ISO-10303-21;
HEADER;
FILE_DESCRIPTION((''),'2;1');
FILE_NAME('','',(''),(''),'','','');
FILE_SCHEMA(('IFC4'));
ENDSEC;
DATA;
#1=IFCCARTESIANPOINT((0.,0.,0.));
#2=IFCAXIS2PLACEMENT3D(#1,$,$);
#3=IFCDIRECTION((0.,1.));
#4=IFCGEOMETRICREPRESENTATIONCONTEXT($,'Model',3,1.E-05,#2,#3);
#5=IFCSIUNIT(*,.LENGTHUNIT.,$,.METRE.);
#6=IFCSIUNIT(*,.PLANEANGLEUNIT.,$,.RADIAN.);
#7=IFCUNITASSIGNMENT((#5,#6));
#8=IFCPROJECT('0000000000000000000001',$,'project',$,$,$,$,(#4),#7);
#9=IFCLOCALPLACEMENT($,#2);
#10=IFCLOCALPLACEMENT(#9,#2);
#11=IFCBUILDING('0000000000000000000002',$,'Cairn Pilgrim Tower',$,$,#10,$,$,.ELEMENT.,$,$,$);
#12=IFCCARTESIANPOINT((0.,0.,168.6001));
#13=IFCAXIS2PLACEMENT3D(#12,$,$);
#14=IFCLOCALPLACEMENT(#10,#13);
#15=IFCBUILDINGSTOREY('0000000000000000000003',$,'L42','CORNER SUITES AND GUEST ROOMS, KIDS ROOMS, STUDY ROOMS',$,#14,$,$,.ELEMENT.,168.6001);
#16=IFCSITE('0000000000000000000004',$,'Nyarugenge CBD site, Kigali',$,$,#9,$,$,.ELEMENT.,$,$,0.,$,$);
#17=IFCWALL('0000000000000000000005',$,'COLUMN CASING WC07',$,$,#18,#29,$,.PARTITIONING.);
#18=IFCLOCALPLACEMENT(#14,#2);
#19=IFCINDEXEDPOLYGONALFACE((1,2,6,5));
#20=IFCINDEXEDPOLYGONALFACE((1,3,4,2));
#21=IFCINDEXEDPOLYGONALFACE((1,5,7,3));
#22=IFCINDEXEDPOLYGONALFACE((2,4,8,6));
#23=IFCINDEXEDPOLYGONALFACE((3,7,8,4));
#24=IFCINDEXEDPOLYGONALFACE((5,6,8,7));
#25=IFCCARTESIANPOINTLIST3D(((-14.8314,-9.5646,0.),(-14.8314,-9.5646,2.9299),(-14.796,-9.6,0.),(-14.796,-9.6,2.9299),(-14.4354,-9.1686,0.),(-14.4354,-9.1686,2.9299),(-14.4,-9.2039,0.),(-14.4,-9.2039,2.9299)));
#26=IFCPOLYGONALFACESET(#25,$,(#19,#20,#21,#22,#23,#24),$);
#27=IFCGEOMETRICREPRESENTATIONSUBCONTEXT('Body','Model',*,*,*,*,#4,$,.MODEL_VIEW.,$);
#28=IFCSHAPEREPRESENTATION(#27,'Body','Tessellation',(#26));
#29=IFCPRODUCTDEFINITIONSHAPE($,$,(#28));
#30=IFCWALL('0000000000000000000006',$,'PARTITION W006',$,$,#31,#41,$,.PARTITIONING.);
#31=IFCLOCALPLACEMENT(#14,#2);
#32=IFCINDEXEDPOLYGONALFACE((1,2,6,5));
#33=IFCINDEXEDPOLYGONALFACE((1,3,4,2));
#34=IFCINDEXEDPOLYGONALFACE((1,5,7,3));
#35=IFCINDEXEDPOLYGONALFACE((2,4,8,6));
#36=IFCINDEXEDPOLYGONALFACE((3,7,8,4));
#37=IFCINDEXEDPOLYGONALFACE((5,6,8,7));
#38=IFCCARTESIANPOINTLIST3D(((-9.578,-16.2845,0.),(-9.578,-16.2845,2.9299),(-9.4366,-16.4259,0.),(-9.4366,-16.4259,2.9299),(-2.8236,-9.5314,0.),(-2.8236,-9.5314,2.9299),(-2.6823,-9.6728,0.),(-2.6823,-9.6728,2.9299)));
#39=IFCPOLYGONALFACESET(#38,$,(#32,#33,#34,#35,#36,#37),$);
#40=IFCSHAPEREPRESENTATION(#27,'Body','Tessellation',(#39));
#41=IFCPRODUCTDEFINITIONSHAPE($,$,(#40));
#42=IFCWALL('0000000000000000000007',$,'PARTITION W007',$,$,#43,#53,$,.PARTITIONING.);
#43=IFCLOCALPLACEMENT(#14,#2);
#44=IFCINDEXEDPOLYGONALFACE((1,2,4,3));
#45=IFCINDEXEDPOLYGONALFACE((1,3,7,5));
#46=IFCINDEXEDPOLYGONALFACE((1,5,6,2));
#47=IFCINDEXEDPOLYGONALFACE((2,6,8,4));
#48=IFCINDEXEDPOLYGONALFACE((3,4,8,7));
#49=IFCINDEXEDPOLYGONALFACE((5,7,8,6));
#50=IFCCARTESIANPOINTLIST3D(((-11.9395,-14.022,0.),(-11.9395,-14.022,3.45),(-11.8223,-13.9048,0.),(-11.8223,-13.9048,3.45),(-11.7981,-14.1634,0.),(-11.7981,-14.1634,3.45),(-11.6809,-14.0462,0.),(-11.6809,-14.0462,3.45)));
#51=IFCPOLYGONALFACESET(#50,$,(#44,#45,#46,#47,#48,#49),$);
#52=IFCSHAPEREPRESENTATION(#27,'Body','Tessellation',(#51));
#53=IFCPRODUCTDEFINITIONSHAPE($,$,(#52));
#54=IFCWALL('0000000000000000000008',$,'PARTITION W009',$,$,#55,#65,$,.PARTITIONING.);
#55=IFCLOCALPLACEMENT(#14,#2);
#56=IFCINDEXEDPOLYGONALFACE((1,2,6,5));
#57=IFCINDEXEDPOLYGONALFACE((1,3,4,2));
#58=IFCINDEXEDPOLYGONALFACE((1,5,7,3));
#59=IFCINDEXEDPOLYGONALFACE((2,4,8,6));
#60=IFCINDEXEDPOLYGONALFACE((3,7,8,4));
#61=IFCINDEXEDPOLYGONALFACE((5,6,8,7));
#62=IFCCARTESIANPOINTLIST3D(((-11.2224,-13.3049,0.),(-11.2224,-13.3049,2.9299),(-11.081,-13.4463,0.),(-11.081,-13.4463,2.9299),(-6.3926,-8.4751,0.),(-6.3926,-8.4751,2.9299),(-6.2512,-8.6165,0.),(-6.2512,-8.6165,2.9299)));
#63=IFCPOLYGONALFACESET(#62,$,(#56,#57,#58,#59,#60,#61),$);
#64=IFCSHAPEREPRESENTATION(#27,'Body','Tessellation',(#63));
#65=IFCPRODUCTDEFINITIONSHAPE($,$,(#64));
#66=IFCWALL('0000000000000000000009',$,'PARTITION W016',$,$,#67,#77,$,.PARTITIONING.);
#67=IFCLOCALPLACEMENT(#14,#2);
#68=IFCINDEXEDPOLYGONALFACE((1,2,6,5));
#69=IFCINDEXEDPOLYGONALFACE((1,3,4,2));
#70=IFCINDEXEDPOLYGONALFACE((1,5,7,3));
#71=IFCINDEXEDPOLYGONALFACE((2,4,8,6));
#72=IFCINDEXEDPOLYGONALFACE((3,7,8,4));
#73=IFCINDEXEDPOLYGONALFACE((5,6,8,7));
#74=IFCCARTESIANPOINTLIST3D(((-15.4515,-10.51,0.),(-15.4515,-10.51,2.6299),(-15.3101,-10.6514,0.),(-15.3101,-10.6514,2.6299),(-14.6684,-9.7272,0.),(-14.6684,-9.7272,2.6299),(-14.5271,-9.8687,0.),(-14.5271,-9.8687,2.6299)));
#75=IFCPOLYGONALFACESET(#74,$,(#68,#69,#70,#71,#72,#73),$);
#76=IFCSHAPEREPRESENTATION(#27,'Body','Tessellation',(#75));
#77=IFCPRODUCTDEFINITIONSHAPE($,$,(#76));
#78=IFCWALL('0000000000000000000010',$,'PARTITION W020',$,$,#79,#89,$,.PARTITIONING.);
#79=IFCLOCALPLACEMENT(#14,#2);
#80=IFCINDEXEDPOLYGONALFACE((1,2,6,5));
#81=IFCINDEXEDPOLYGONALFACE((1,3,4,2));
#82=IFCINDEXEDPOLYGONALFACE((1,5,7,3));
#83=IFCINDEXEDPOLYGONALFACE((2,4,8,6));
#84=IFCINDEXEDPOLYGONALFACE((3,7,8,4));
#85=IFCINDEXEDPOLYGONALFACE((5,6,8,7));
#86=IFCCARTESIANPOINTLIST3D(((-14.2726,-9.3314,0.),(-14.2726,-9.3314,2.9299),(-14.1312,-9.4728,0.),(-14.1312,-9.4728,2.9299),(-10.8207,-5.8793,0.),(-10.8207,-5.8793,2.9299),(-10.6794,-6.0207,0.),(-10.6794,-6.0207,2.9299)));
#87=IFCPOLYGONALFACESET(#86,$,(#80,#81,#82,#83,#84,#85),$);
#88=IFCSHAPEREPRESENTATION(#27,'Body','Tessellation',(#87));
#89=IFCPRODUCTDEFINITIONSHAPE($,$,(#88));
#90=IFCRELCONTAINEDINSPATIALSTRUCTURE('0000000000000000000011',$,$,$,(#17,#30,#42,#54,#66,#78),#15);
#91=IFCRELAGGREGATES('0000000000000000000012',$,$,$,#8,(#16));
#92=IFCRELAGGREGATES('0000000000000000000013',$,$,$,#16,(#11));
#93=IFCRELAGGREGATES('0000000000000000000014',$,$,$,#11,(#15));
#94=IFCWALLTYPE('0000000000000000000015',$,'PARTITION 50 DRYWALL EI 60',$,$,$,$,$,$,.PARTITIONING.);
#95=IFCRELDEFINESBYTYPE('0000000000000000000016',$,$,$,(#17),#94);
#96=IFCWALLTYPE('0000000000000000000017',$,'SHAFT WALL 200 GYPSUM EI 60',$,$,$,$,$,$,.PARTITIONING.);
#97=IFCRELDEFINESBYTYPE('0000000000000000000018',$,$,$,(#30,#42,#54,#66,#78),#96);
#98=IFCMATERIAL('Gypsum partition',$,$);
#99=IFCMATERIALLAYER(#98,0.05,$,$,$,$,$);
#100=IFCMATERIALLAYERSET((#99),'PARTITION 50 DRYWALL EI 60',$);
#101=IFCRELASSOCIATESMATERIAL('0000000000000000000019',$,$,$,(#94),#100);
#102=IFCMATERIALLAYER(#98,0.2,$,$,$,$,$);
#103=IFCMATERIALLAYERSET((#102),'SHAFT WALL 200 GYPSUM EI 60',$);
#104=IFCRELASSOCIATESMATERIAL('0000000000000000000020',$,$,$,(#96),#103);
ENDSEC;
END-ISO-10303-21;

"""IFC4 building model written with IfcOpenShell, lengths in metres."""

from ifc_helpers import new_model, si_unit, direction, frame, frame_2d, origin, place, context, subcontext, project, spatial, rectangle, extrude, material, layer, layer_set, type_object, element, save


model = new_model("IFC4")

# Units and contexts
model_context = context("Model", 3, precision=1e-05, world=origin(), true_north=direction((0.0, 1.0)))
body_context = subcontext(model_context, "Body", "Model", "MODEL_VIEW")
ifc_project = project(units=[si_unit("LENGTHUNIT", "METRE"), si_unit("PLANEANGLEUNIT", "RADIAN")], contexts=[model_context])

# Site, building, storey
site_placement = place(None, origin())
site = spatial("IfcSite", under=ifc_project, at=site_placement, Name="Nyarugenge CBD site, Kigali", CompositionType="ELEMENT", RefElevation=0.0)
building_placement = place(site_placement, origin())
building = spatial("IfcBuilding", under=site, at=building_placement, Name="Cairn Pilgrim Tower", CompositionType="ELEMENT")
storey_placement = place(building_placement, frame((0.0, 0.0, 168.6001)))
storey = spatial("IfcBuildingStorey", under=building, at=storey_placement, Name="L42", Description="CORNER SUITES AND GUEST ROOMS, KIDS ROOMS, STUDY ROOMS", CompositionType="ELEMENT", Elevation=168.6001)

# Walls
ifc_material_1 = material(Name="Gypsum partition")
ifc_layer_1 = layer(ifc_material_1, 0.05)
ifc_layer_set_1 = layer_set([ifc_layer_1], Name="PARTITION 50 DRYWALL EI 60")
wall_type_1 = type_object("IfcWallType", Name="PARTITION 50 DRYWALL EI 60", PredefinedType="PARTITIONING", material=ifc_layer_set_1)
wall_1_placement = place(storey_placement, frame((-14.8137, -9.5823, 0.0), z_axis=(0.0, 0.0, 1.0), x_axis=(0.707107, 0.707107, 0.0)))
element("IfcWall", 1, at=wall_1_placement, inside=storey, type_object=wall_type_1, Name="COLUMN CASING WC07", PredefinedType="PARTITIONING", context=body_context, shape_type="SweptSolid", body=[
    extrude(rectangle(XDim=0.5601, YDim=0.05, at=frame_2d((0.28, 0.0))), origin(), (0.0, 0.0, 1.0), 2.9299),
])
ifc_layer_2 = layer(ifc_material_1, 0.2)
ifc_layer_set_2 = layer_set([ifc_layer_2], Name="SHAFT WALL 200 GYPSUM EI 60")
wall_type_2 = type_object("IfcWallType", Name="SHAFT WALL 200 GYPSUM EI 60", PredefinedType="PARTITIONING", material=ifc_layer_set_2)
wall_2_placement = place(storey_placement, frame((-9.5073, -16.3552, 0.0), z_axis=(0.0, 0.0, 1.0), x_axis=(0.707171, 0.707043, 0.0)))
element("IfcWall", 2, at=wall_2_placement, inside=storey, type_object=wall_type_2, Name="PARTITION W006", PredefinedType="PARTITIONING", context=body_context, shape_type="SweptSolid", body=[
    extrude(rectangle(XDim=9.5513, YDim=0.2, at=frame_2d((4.7756, 0.0))), origin(), (0.0, 0.0, 1.0), 2.9299),
])
wall_3_placement = place(storey_placement, frame((-11.8689, -14.0928, 0.0), z_axis=(0.0, 0.0, 1.0), x_axis=(0.707107, 0.707107, 0.0)))
element("IfcWall", 3, at=wall_3_placement, inside=storey, type_object=wall_type_2, Name="PARTITION W007", PredefinedType="PARTITIONING", context=body_context, shape_type="SweptSolid", body=[
    extrude(rectangle(XDim=0.1658, YDim=0.2, at=frame_2d((0.083, 0.0))), origin(), (0.0, 0.0, 1.0), 3.45),
])
wall_4_placement = place(storey_placement, frame((-11.1516, -13.3755, 0.0), z_axis=(0.0, 0.0, 1.0), x_axis=(0.707107, 0.707107, 0.0)))
element("IfcWall", 4, at=wall_4_placement, inside=storey, type_object=wall_type_2, Name="PARTITION W009", PredefinedType="PARTITIONING", context=body_context, shape_type="SweptSolid", body=[
    extrude(rectangle(XDim=6.8303, YDim=0.2, at=frame_2d((3.415, 0.0))), origin(), (0.0, 0.0, 1.0), 2.9299),
])
wall_5_placement = place(storey_placement, frame((-15.3809, -10.5808, 0.0), z_axis=(0.0, 0.0, 1.0), x_axis=(0.707217, 0.706997, 0.0)))
element("IfcWall", 5, at=wall_5_placement, inside=storey, type_object=wall_type_2, Name="PARTITION W016", PredefinedType="PARTITIONING", context=body_context, shape_type="SweptSolid", body=[
    extrude(rectangle(XDim=1.1072, YDim=0.2, at=frame_2d((0.5537, 0.0))), origin(), (0.0, 0.0, 1.0), 2.6299),
])
wall_6_placement = place(storey_placement, frame((-14.2019, -9.4021, 0.0), z_axis=(0.0, 0.0, 1.0), x_axis=(0.707082, 0.707132, 0.0)))
element("IfcWall", 6, at=wall_6_placement, inside=storey, type_object=wall_type_2, Name="PARTITION W020", PredefinedType="PARTITIONING", context=body_context, shape_type="SweptSolid", body=[
    extrude(rectangle(XDim=4.8818, YDim=0.2, at=frame_2d((2.4409, 0.0))), origin(), (0.0, 0.0, 1.0), 2.9299),
])

save(model, "model.ifc")
